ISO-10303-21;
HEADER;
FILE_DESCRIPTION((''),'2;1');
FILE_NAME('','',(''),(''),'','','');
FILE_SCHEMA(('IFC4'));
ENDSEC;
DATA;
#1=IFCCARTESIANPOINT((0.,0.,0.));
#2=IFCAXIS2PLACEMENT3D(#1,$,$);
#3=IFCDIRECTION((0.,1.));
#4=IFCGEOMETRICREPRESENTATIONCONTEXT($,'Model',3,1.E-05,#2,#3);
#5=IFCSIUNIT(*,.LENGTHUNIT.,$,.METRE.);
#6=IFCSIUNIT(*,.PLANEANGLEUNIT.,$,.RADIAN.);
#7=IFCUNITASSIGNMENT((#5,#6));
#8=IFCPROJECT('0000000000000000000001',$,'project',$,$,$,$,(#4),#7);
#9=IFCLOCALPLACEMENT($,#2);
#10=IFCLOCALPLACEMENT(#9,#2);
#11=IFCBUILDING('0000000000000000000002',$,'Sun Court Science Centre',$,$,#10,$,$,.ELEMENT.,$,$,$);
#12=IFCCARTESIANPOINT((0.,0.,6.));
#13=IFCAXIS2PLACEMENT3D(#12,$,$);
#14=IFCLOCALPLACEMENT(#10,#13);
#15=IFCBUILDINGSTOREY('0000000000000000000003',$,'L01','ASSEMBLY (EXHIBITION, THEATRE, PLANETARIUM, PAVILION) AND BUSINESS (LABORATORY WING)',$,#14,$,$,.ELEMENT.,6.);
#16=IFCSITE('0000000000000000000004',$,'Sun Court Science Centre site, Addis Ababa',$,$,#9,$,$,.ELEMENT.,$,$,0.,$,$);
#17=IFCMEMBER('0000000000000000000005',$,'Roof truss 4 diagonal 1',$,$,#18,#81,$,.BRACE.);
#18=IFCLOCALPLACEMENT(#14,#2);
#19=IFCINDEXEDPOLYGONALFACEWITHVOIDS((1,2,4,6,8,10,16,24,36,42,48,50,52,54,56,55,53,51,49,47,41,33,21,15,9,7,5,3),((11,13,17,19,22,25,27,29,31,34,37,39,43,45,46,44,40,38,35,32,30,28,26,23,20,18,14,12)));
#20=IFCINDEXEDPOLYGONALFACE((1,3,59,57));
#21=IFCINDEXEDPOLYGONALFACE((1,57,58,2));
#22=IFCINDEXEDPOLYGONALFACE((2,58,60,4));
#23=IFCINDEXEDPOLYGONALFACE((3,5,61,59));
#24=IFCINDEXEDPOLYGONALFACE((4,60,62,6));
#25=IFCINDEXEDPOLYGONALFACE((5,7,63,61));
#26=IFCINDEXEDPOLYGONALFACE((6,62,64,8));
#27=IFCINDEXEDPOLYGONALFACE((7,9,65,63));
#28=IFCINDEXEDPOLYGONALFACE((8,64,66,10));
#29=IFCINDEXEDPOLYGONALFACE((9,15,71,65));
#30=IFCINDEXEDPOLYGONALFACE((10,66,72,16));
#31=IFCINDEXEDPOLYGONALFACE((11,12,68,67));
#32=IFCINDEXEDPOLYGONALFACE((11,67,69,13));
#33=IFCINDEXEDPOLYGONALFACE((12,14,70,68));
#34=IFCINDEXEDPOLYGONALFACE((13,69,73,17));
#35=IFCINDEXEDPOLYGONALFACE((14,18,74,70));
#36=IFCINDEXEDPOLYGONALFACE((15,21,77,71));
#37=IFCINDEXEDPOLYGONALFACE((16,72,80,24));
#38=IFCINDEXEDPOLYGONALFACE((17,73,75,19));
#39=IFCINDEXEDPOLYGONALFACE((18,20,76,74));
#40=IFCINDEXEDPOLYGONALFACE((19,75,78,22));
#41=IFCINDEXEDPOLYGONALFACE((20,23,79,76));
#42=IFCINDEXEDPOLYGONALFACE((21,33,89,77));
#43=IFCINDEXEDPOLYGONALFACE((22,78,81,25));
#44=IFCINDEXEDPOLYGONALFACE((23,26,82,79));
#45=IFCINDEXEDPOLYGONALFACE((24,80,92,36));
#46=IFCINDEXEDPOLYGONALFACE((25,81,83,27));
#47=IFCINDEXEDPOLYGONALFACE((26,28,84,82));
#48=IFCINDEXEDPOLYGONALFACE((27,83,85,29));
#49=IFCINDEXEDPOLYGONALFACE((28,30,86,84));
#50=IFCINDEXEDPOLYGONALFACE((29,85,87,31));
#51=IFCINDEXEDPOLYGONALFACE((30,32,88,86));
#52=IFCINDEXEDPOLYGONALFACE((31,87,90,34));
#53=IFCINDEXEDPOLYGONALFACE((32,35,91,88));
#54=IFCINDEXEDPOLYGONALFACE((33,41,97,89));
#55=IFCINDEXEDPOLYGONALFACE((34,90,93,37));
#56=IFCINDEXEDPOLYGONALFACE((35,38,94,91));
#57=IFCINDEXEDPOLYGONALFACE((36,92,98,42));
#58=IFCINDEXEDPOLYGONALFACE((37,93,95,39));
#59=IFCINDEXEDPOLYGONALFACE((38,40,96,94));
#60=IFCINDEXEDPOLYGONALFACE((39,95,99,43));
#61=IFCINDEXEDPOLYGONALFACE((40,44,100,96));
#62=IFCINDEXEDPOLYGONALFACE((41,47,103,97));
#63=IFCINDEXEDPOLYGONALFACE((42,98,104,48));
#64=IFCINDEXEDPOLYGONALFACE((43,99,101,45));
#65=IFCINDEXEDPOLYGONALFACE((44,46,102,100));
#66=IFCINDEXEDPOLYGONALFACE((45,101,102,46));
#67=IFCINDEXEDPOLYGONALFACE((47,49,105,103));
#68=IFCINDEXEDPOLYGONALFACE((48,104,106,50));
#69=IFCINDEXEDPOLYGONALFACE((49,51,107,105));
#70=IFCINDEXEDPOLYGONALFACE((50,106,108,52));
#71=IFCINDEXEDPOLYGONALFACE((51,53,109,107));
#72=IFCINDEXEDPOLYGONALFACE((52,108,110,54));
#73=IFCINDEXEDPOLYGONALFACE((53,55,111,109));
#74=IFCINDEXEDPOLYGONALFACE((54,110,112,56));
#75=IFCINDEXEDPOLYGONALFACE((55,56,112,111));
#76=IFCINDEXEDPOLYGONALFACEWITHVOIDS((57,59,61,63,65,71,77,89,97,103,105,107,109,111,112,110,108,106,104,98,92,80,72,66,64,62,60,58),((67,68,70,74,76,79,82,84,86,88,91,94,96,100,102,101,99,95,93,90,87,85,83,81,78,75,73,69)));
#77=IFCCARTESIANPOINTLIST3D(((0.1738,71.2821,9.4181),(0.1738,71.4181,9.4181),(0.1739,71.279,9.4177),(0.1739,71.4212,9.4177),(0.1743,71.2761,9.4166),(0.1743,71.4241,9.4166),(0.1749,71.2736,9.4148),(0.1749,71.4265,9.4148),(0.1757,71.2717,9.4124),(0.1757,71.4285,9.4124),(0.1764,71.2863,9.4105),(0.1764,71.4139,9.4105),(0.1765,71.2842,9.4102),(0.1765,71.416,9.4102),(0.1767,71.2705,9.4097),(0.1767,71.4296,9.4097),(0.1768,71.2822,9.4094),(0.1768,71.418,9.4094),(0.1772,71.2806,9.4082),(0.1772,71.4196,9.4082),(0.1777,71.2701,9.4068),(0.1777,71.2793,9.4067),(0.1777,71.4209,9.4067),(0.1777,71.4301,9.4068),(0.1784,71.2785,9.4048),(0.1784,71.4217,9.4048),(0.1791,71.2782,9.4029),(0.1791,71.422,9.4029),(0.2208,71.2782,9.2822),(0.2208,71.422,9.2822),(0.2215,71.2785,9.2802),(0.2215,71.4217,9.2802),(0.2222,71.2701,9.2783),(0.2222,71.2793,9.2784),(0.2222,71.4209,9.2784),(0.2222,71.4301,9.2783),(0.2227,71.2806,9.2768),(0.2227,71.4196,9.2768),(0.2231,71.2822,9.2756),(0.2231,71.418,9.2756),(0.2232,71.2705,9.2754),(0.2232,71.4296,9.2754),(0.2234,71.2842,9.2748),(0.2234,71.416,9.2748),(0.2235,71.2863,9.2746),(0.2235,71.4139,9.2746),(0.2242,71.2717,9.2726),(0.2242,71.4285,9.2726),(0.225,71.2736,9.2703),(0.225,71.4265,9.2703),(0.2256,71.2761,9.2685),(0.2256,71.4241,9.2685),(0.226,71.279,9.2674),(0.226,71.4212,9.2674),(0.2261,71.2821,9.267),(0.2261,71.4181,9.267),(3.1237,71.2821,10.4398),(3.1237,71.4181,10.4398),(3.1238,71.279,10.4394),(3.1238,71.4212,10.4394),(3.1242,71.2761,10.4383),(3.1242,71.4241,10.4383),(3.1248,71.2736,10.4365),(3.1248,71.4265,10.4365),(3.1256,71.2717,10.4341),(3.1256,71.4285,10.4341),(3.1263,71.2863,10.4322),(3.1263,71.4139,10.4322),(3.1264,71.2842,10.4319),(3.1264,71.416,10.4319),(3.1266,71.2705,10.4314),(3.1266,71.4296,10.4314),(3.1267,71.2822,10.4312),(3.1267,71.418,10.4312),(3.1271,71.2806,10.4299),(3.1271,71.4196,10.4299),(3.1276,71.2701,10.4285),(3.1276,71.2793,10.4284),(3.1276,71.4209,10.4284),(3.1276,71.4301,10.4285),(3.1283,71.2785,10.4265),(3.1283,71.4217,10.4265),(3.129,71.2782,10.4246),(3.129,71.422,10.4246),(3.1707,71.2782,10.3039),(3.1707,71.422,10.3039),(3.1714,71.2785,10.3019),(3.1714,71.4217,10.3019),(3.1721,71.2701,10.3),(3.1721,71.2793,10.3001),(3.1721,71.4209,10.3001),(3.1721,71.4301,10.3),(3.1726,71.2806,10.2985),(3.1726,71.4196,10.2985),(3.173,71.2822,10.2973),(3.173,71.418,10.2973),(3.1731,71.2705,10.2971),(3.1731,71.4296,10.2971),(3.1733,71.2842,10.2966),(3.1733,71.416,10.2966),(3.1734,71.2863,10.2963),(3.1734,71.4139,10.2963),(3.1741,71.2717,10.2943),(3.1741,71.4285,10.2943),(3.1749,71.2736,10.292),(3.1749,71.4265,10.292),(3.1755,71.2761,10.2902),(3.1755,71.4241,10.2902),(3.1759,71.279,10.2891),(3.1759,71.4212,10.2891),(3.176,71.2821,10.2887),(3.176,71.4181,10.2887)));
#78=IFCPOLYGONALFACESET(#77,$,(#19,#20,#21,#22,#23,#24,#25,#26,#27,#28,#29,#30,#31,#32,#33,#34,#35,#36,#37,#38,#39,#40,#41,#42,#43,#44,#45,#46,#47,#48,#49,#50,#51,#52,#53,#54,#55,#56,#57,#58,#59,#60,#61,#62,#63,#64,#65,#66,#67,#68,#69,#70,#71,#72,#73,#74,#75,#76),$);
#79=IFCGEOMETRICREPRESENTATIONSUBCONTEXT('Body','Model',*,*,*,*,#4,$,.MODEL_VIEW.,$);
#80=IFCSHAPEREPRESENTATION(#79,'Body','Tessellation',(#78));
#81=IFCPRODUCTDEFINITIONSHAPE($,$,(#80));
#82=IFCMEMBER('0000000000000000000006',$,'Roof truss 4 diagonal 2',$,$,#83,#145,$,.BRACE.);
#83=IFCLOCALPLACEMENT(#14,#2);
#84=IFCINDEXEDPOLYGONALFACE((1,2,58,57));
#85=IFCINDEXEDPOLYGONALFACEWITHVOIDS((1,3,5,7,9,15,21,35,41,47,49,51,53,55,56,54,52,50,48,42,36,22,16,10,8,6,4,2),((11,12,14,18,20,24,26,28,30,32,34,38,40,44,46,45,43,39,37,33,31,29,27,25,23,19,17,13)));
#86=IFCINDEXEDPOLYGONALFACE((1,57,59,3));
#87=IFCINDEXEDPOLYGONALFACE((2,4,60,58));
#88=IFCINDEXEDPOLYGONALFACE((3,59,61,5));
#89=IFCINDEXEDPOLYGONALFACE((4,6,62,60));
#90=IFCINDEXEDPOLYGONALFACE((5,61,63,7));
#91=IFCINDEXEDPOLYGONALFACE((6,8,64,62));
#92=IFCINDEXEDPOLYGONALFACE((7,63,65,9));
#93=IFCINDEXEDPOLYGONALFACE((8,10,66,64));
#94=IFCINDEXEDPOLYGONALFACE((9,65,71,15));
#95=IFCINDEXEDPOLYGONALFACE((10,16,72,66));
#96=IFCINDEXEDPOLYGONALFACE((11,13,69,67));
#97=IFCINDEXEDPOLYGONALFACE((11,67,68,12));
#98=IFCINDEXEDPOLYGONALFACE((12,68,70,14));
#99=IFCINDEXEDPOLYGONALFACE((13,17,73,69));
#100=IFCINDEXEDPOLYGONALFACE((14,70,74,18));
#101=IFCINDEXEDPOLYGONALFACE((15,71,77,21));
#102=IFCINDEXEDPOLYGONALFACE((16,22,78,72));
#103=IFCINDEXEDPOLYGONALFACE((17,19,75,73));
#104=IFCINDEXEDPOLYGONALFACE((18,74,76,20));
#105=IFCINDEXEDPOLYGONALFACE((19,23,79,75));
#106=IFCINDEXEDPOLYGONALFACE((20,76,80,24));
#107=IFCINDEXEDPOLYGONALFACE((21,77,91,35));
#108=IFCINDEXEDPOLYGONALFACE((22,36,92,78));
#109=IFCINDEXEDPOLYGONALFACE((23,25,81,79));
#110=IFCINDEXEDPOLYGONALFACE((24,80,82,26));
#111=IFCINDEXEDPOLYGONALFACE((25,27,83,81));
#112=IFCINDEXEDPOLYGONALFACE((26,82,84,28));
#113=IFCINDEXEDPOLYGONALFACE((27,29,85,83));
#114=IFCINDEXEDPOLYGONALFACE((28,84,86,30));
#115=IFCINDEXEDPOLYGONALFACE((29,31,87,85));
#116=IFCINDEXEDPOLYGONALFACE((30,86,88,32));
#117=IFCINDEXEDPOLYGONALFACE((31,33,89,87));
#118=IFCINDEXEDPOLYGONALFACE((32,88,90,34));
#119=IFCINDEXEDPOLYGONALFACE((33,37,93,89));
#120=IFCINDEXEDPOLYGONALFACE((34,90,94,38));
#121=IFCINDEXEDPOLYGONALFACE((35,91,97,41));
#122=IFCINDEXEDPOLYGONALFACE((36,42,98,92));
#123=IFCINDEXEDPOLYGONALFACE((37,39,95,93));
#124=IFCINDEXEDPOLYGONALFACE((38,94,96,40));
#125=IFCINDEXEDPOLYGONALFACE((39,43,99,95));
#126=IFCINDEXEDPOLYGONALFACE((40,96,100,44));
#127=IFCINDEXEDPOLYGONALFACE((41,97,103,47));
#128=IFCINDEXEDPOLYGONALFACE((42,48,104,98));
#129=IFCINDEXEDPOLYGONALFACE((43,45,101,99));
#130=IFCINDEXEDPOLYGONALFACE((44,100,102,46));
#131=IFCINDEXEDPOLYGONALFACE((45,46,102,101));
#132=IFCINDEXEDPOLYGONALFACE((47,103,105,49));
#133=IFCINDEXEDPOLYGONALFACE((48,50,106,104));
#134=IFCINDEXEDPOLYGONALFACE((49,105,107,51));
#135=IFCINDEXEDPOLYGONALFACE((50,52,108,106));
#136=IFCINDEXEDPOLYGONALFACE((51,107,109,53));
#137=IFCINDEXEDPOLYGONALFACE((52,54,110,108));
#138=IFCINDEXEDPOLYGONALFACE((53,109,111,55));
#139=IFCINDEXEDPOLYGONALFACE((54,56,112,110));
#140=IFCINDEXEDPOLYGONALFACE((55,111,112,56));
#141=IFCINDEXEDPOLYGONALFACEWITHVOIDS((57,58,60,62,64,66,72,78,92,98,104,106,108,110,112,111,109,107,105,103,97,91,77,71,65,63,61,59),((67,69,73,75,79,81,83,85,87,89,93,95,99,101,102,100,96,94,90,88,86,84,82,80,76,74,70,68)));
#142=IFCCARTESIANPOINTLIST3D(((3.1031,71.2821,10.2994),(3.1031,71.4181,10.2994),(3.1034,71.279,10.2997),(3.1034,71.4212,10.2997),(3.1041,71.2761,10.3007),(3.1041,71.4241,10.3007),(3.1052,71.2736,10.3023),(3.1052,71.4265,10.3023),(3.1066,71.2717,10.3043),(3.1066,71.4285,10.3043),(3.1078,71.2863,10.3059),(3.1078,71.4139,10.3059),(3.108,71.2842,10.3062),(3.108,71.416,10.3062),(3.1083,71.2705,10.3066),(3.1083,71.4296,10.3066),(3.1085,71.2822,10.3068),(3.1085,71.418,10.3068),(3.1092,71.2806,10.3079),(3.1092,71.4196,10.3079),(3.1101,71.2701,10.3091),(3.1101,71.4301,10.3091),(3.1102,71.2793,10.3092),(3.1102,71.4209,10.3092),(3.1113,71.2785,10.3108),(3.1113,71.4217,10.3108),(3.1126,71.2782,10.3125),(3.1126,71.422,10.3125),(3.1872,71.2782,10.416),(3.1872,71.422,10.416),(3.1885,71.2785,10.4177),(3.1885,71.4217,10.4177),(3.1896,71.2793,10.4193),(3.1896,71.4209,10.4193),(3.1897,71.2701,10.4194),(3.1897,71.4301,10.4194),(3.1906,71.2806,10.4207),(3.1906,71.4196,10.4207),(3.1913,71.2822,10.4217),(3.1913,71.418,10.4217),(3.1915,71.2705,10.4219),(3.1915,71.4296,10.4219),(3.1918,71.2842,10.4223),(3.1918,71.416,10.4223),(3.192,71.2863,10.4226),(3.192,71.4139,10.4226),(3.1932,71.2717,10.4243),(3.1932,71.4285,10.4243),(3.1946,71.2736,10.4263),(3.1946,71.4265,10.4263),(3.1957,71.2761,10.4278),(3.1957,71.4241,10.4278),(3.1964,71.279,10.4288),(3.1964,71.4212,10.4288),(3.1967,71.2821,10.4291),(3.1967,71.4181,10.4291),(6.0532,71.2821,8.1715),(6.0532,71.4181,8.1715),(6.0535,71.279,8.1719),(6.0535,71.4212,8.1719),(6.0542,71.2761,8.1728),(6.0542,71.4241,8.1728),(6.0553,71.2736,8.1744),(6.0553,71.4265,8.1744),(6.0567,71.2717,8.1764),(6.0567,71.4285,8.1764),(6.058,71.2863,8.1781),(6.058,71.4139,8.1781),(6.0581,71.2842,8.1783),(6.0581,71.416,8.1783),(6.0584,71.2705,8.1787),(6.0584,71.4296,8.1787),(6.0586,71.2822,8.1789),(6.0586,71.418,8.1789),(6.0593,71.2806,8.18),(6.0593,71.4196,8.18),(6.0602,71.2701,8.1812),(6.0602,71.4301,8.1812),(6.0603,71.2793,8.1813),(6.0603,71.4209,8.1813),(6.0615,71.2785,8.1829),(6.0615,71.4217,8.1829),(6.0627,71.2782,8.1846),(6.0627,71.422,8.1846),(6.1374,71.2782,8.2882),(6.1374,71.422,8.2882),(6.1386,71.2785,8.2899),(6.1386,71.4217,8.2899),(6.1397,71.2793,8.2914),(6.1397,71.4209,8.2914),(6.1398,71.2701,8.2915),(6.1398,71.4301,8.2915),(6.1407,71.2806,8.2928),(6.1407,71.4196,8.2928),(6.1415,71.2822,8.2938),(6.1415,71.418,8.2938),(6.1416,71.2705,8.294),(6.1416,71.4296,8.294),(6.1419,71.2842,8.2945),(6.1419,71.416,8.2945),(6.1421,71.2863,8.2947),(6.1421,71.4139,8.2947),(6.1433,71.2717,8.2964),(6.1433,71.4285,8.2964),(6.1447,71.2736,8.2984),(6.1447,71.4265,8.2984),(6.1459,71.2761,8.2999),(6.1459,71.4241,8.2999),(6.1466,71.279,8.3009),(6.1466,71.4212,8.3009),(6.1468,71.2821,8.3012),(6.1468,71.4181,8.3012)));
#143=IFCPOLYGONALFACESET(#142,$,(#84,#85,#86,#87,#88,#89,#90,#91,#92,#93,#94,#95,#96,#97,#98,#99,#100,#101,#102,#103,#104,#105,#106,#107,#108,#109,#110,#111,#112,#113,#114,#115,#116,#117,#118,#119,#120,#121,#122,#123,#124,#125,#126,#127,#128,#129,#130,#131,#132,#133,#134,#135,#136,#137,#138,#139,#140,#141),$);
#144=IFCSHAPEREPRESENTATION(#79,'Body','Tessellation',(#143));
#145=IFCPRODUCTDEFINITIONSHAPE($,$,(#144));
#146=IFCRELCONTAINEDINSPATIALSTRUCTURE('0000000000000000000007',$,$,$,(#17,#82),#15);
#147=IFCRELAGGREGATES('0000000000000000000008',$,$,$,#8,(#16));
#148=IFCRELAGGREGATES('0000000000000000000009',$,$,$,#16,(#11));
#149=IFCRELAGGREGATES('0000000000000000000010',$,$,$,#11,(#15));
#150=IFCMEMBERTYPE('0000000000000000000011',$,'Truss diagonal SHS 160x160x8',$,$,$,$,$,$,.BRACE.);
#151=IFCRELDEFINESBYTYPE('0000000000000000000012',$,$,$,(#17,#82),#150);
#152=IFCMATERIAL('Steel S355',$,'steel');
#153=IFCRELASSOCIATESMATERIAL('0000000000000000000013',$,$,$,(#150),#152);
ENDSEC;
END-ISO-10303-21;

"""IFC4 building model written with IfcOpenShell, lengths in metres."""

from ifc_helpers import new_model, si_unit, direction, frame, origin, origin_2d, place, context, subcontext, project, spatial, hollow_rectangle, extrude, material, material_profile, profile_set, type_object, element, save


model = new_model("IFC4")

# Units and contexts
model_context = context("Model", 3, precision=1e-05, world=origin(), true_north=direction((0.0, 1.0)))
body_context = subcontext(model_context, "Body", "Model", "MODEL_VIEW")
ifc_project = project(units=[si_unit("LENGTHUNIT", "METRE"), si_unit("PLANEANGLEUNIT", "RADIAN")], contexts=[model_context])

# Site, building, storey
site_placement = place(None, origin())
site = spatial("IfcSite", under=ifc_project, at=site_placement, Name="Sun Court Science Centre site, Addis Ababa", CompositionType="ELEMENT", RefElevation=0.0)
building_placement = place(site_placement, origin())
building = spatial("IfcBuilding", under=site, at=building_placement, Name="Sun Court Science Centre", CompositionType="ELEMENT")
storey_placement = place(building_placement, frame((0.0, 0.0, 6.0)))
storey = spatial("IfcBuildingStorey", under=building, at=storey_placement, Name="L01", Description="ASSEMBLY (EXHIBITION, THEATRE, PLANETARIUM, PAVILION) AND BUSINESS (LABORATORY WING)", CompositionType="ELEMENT", Elevation=6.0)

# Members
ifc_material_1 = material(Name="Steel S355", Category="steel")
ifc_material_profile_1 = material_profile(ifc_material_1, hollow_rectangle(XDim=0.1599, YDim=0.1599, WallThickness=0.0081, InnerFilletRadius=0.0081, OuterFilletRadius=0.012, at=origin_2d()), Name="SHS 160x160x8")
ifc_profile_set_1 = profile_set([ifc_material_profile_1], Name="Steel S355")
member_type_1 = type_object("IfcMemberType", Name="Truss diagonal SHS 160x160x8", PredefinedType="BRACE", material=ifc_profile_set_1)
member_1_placement = place(storey_placement, frame((0.2, 71.3501, 9.3425), z_axis=(0.944927, 0.0, 0.32728), x_axis=(0.0, 1.0, 0.0)))
element("IfcMember", 1, at=member_1_placement, inside=storey, type_object=member_type_1, Name="Roof truss 4 diagonal 1", PredefinedType="BRACE", context=body_context, shape_type="SweptSolid", body=[
    extrude(hollow_rectangle(XDim=0.1599, YDim=0.1599, WallThickness=0.0081, InnerFilletRadius=0.0081, OuterFilletRadius=0.012, at=origin_2d()), origin(), (0.0, 0.0, 1.0), 3.1218),
])
member_2_placement = place(storey_placement, frame((3.1499, 71.3501, 10.3643), z_axis=(0.81104, 0.0, -0.584991), x_axis=(0.0, 1.0, 0.0)))
element("IfcMember", 2, at=member_2_placement, inside=storey, type_object=member_type_1, Name="Roof truss 4 diagonal 2", PredefinedType="BRACE", context=body_context, shape_type="SweptSolid", body=[
    extrude(hollow_rectangle(XDim=0.1599, YDim=0.1599, WallThickness=0.0081, InnerFilletRadius=0.0081, OuterFilletRadius=0.012, at=origin_2d()), origin(), (0.0, 0.0, 1.0), 3.6375),
])

save(model, "model.ifc")
